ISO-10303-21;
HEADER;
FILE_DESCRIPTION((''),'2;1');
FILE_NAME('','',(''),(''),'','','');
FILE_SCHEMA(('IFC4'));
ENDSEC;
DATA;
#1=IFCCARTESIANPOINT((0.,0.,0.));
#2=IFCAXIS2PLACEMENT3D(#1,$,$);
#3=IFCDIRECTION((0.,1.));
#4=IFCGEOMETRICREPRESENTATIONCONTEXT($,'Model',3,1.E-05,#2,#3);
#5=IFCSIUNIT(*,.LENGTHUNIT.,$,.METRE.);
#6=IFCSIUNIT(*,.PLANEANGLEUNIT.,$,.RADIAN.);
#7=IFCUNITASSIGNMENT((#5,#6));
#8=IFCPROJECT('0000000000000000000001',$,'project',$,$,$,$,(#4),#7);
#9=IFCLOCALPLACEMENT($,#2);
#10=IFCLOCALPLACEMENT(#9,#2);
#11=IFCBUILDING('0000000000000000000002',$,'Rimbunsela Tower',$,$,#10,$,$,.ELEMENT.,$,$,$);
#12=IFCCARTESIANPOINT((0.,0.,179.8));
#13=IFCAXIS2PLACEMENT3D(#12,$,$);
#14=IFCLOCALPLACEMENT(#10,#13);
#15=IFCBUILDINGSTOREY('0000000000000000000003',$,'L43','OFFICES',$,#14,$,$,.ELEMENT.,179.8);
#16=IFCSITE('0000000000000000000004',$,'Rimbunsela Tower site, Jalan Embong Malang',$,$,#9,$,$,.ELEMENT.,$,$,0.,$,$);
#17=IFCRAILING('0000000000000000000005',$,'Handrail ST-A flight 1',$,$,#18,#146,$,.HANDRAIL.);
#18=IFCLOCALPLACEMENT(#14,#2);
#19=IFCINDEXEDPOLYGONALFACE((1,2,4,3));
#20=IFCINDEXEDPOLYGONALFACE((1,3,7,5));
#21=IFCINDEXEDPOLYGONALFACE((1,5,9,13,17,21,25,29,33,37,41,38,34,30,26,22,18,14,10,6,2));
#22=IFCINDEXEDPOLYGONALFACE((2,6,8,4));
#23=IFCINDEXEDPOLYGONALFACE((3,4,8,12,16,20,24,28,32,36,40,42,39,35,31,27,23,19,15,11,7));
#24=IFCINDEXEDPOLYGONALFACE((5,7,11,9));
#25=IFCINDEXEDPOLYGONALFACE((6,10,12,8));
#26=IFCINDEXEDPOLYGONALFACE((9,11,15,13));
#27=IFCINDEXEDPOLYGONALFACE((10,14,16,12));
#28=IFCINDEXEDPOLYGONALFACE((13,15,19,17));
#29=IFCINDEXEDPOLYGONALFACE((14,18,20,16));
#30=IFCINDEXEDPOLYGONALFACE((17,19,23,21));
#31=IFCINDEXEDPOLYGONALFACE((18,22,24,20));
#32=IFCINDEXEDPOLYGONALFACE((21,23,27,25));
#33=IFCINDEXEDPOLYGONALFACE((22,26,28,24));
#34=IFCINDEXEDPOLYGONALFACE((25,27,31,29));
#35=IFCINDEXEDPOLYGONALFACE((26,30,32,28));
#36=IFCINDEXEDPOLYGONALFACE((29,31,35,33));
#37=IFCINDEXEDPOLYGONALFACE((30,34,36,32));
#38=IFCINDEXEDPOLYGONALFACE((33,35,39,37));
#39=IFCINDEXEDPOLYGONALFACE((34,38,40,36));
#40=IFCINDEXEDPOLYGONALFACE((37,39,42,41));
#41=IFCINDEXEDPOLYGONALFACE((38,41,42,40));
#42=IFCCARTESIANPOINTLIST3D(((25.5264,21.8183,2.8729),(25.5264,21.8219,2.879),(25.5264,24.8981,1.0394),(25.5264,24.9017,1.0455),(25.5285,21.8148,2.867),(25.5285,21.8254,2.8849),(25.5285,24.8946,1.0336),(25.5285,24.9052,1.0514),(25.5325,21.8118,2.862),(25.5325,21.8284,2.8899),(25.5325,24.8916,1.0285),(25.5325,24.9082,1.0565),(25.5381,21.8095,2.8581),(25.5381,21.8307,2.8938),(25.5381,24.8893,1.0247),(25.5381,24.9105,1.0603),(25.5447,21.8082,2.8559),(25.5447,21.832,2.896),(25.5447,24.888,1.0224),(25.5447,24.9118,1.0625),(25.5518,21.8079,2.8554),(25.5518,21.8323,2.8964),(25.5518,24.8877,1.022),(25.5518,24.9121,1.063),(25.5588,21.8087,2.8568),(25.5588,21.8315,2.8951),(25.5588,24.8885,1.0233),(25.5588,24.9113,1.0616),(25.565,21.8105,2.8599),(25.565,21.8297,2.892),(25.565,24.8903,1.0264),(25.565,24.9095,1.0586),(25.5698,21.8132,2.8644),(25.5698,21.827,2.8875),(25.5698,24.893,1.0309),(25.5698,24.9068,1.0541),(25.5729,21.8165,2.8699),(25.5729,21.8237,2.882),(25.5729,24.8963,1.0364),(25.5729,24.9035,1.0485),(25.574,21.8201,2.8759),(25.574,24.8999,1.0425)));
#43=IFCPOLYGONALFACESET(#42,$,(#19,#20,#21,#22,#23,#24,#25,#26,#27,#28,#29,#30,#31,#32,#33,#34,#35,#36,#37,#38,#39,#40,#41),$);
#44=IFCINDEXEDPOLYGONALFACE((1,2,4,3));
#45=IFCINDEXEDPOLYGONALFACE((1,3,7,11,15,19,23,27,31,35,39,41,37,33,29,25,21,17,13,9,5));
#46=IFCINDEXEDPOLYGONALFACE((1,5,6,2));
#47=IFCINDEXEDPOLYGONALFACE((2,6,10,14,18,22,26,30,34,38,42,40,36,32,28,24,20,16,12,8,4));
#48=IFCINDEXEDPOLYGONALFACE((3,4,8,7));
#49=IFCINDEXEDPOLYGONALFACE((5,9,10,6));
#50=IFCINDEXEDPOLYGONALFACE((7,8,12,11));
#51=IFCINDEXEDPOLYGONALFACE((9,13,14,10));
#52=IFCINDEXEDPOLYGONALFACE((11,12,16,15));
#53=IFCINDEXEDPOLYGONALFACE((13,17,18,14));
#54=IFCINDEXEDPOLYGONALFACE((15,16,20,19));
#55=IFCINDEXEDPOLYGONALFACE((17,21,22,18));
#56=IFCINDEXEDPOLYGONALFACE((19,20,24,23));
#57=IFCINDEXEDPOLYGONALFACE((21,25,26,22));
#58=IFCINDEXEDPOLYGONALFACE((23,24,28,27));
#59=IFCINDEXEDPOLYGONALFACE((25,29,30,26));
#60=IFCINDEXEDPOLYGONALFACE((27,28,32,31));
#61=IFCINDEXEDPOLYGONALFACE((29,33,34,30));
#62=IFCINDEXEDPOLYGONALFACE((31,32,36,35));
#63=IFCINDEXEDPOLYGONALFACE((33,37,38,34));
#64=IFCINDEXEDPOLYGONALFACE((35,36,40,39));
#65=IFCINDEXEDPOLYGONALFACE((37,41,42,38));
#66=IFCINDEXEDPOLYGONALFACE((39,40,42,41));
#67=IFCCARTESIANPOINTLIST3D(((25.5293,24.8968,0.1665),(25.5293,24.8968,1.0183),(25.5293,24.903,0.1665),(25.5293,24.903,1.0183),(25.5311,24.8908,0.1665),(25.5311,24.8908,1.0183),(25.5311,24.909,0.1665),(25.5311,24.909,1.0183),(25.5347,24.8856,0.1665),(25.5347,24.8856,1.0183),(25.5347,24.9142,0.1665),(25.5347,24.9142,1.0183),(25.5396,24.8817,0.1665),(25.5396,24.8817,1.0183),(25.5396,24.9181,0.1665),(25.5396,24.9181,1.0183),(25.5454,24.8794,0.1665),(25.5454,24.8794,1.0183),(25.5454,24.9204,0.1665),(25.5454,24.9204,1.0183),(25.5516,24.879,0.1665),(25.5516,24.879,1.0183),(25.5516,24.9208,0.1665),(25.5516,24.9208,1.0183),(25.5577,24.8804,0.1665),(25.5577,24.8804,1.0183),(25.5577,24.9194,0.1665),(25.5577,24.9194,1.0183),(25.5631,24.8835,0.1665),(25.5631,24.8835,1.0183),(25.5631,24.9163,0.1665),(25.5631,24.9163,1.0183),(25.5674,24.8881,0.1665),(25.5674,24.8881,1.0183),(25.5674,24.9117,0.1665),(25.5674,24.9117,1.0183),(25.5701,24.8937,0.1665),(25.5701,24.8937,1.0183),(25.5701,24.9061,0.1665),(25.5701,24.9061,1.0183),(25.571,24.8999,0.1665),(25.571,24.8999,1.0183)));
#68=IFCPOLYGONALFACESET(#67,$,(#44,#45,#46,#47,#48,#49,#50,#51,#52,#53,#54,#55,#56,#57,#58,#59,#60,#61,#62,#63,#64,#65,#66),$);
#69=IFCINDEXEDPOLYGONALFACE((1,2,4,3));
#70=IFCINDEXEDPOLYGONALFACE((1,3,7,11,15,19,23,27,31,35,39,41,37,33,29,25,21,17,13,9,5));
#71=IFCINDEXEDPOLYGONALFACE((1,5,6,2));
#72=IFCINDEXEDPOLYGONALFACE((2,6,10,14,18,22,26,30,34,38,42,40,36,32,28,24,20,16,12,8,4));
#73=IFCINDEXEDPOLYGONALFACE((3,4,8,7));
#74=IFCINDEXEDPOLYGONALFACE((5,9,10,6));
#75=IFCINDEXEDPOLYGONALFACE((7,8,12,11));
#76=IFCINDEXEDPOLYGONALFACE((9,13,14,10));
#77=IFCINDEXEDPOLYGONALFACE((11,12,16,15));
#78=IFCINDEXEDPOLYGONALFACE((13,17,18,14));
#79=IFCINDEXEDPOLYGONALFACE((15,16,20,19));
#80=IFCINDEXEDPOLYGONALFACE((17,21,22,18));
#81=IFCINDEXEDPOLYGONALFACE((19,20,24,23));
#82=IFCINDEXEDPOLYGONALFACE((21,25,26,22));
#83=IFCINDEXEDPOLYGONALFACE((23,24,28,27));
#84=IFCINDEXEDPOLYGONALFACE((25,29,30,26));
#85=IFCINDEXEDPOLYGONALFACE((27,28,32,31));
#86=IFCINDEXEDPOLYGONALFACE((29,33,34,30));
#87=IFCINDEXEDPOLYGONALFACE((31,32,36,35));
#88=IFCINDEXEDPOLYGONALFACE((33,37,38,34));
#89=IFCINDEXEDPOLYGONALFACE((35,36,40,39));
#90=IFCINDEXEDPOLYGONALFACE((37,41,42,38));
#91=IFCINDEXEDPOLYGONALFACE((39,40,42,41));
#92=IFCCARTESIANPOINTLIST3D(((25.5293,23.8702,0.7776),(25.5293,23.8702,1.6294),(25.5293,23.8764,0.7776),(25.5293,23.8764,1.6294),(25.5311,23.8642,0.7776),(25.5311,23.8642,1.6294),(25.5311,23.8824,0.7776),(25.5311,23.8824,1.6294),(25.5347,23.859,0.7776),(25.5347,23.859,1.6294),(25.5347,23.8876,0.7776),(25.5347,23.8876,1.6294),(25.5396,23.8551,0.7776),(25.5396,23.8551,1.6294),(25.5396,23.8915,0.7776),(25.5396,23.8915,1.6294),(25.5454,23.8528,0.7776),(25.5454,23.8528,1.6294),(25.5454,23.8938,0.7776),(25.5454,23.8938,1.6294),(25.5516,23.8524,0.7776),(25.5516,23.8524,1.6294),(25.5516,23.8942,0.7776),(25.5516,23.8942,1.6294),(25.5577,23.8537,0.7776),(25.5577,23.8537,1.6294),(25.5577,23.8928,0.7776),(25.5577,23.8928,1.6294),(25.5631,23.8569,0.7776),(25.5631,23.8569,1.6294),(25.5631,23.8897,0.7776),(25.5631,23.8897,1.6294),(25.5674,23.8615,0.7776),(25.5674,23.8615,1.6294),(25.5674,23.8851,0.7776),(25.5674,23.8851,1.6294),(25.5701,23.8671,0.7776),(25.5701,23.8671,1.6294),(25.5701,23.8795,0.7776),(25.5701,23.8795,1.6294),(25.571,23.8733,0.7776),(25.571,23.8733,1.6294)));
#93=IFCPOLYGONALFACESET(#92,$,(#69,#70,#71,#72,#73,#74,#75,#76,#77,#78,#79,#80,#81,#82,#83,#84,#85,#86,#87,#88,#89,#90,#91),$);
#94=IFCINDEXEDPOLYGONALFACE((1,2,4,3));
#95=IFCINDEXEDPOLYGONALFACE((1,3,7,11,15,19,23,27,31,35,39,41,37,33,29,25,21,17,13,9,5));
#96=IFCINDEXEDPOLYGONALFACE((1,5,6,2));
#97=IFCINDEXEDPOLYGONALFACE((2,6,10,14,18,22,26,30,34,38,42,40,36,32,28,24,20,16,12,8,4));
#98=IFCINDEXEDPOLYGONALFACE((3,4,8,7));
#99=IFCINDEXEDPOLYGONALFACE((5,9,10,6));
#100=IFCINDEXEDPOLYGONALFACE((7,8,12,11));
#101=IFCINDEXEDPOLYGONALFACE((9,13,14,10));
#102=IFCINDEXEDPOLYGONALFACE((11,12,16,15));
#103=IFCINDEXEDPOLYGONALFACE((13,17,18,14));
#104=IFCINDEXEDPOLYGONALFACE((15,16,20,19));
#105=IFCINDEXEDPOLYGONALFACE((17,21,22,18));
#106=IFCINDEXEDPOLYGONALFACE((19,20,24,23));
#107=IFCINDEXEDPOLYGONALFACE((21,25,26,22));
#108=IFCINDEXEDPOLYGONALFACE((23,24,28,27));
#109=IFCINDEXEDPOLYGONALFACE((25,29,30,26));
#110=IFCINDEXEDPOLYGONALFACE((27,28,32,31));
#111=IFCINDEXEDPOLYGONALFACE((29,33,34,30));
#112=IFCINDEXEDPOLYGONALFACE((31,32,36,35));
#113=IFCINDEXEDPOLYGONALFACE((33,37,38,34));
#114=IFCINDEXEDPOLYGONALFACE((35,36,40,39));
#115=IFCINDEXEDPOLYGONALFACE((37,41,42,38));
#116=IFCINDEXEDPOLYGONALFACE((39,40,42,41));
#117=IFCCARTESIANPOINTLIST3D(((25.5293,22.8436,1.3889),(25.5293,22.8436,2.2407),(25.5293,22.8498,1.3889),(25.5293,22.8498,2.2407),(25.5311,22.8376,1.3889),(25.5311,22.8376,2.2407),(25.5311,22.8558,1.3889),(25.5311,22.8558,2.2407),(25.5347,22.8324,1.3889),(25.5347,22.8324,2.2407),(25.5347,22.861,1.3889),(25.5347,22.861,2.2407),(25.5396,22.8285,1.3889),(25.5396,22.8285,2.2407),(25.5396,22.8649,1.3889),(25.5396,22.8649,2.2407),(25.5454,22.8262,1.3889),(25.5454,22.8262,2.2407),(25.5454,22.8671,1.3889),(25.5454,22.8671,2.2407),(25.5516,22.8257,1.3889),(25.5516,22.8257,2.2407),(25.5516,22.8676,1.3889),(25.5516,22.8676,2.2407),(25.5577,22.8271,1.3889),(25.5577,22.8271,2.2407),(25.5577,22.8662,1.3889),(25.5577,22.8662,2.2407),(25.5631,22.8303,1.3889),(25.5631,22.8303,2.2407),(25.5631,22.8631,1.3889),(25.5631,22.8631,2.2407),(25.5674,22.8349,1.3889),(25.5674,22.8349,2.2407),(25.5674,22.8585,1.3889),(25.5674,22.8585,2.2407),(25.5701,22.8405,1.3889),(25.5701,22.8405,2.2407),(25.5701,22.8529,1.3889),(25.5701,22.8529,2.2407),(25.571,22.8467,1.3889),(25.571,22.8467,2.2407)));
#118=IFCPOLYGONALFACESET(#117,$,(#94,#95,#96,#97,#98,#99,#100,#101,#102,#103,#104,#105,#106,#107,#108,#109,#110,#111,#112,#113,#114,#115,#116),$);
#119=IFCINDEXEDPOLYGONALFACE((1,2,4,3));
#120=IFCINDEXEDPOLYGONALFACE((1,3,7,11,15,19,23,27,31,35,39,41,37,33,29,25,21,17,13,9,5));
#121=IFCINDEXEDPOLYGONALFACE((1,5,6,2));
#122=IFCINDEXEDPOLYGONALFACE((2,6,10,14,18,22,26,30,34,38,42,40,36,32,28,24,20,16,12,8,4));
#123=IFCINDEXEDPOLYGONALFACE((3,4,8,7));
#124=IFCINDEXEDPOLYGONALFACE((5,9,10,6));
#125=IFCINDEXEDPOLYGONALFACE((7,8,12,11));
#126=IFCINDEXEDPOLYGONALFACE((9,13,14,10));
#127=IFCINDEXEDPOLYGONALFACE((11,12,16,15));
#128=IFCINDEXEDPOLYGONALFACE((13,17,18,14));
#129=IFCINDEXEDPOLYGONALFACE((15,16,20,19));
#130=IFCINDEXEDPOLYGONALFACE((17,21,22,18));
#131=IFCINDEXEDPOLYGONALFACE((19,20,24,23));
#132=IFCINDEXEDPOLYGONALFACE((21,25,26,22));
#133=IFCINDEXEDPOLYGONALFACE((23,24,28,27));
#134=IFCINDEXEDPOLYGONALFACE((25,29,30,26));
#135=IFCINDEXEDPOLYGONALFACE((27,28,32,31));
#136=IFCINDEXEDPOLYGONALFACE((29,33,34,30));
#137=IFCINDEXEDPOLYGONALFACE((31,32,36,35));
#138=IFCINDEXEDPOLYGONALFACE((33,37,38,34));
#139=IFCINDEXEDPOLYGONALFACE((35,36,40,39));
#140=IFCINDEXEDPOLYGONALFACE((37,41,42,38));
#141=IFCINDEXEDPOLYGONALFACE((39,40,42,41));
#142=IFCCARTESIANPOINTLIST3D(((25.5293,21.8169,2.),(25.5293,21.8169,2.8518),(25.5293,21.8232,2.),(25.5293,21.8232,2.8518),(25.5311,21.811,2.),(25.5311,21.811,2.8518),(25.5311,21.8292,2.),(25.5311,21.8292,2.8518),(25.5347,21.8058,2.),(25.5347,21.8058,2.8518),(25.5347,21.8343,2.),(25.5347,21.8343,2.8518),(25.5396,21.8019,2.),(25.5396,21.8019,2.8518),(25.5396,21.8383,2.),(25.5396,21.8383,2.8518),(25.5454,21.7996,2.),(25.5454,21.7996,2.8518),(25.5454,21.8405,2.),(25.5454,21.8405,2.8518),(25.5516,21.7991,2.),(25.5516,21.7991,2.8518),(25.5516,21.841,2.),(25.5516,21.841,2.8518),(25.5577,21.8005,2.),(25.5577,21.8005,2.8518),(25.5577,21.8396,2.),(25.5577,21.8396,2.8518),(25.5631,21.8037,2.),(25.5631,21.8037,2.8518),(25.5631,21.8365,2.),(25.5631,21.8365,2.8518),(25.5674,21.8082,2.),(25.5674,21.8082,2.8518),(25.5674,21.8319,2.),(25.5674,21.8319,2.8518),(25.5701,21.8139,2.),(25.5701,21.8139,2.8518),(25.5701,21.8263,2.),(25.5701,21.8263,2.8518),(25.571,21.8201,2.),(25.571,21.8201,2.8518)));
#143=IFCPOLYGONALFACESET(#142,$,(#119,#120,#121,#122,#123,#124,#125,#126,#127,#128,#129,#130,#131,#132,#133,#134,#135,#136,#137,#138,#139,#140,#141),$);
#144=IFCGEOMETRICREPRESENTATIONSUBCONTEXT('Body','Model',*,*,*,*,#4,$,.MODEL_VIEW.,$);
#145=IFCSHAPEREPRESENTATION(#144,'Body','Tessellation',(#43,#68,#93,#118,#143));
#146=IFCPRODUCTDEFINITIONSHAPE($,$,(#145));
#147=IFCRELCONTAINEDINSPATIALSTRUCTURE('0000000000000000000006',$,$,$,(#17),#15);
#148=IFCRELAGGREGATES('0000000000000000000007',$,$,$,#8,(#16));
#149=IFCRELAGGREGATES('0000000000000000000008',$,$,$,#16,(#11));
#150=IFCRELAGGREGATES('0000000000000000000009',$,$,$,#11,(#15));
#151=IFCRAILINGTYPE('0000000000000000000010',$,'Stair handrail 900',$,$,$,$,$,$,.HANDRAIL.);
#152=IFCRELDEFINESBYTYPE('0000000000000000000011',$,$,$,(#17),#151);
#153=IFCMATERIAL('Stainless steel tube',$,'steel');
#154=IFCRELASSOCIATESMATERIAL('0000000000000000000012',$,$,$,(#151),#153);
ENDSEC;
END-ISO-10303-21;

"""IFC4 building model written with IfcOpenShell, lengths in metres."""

from ifc_helpers import new_model, si_unit, direction, frame, origin, origin_2d, place, context, subcontext, project, spatial, circle, extrude, material, type_object, element, save


model = new_model("IFC4")

# Units and contexts
model_context = context("Model", 3, precision=1e-05, world=origin(), true_north=direction((0.0, 1.0)))
body_context = subcontext(model_context, "Body", "Model", "MODEL_VIEW")
ifc_project = project(units=[si_unit("LENGTHUNIT", "METRE"), si_unit("PLANEANGLEUNIT", "RADIAN")], contexts=[model_context])

# Site, building, storey
site_placement = place(None, origin())
site = spatial("IfcSite", under=ifc_project, at=site_placement, Name="Rimbunsela Tower site, Jalan Embong Malang", CompositionType="ELEMENT", RefElevation=0.0)
building_placement = place(site_placement, origin())
building = spatial("IfcBuilding", under=site, at=building_placement, Name="Rimbunsela Tower", CompositionType="ELEMENT")
storey_placement = place(building_placement, frame((0.0, 0.0, 179.8)))
storey = spatial("IfcBuildingStorey", under=building, at=storey_placement, Name="L43", Description="OFFICES", CompositionType="ELEMENT", Elevation=179.8)

# Railing
ifc_material_1 = material(Name="Stainless steel tube", Category="steel")
railing_type = type_object("IfcRailingType", Name="Stair handrail 900", PredefinedType="HANDRAIL", material=ifc_material_1)
for number, where, name in (
    (1, (25.55, 24.8999, 0.1665), "Handrail ST-A flight 1"),
):
    element("IfcRailing", number, at=place(storey_placement, frame(where)), inside=storey, type_object=railing_type, Name=name, PredefinedType="HANDRAIL", context=body_context, shape_type="SweptSolid", body=[
        extrude(circle(Radius=0.0239, at=origin_2d()), frame((0.0, 0.0, 0.876), z_axis=(0.0, -0.859261, 0.511538), x_axis=(1.0, 0.0, 0.0)), (0.0, 0.0, 1.0), 3.5842),
        extrude(circle(Radius=0.021, at=origin_2d()), origin(), (0.0, 0.0, 1.0), 0.8518),
        extrude(circle(Radius=0.021, at=origin_2d()), frame((0.0, -1.0266, 0.6111)), (0.0, 0.0, 1.0), 0.8518),
        extrude(circle(Radius=0.021, at=origin_2d()), frame((0.0, -2.0532, 1.2224)), (0.0, 0.0, 1.0), 0.8518),
        extrude(circle(Radius=0.021, at=origin_2d()), frame((0.0, -3.0798, 1.8335)), (0.0, 0.0, 1.0), 0.8518),
    ])

save(model, "model.ifc")
